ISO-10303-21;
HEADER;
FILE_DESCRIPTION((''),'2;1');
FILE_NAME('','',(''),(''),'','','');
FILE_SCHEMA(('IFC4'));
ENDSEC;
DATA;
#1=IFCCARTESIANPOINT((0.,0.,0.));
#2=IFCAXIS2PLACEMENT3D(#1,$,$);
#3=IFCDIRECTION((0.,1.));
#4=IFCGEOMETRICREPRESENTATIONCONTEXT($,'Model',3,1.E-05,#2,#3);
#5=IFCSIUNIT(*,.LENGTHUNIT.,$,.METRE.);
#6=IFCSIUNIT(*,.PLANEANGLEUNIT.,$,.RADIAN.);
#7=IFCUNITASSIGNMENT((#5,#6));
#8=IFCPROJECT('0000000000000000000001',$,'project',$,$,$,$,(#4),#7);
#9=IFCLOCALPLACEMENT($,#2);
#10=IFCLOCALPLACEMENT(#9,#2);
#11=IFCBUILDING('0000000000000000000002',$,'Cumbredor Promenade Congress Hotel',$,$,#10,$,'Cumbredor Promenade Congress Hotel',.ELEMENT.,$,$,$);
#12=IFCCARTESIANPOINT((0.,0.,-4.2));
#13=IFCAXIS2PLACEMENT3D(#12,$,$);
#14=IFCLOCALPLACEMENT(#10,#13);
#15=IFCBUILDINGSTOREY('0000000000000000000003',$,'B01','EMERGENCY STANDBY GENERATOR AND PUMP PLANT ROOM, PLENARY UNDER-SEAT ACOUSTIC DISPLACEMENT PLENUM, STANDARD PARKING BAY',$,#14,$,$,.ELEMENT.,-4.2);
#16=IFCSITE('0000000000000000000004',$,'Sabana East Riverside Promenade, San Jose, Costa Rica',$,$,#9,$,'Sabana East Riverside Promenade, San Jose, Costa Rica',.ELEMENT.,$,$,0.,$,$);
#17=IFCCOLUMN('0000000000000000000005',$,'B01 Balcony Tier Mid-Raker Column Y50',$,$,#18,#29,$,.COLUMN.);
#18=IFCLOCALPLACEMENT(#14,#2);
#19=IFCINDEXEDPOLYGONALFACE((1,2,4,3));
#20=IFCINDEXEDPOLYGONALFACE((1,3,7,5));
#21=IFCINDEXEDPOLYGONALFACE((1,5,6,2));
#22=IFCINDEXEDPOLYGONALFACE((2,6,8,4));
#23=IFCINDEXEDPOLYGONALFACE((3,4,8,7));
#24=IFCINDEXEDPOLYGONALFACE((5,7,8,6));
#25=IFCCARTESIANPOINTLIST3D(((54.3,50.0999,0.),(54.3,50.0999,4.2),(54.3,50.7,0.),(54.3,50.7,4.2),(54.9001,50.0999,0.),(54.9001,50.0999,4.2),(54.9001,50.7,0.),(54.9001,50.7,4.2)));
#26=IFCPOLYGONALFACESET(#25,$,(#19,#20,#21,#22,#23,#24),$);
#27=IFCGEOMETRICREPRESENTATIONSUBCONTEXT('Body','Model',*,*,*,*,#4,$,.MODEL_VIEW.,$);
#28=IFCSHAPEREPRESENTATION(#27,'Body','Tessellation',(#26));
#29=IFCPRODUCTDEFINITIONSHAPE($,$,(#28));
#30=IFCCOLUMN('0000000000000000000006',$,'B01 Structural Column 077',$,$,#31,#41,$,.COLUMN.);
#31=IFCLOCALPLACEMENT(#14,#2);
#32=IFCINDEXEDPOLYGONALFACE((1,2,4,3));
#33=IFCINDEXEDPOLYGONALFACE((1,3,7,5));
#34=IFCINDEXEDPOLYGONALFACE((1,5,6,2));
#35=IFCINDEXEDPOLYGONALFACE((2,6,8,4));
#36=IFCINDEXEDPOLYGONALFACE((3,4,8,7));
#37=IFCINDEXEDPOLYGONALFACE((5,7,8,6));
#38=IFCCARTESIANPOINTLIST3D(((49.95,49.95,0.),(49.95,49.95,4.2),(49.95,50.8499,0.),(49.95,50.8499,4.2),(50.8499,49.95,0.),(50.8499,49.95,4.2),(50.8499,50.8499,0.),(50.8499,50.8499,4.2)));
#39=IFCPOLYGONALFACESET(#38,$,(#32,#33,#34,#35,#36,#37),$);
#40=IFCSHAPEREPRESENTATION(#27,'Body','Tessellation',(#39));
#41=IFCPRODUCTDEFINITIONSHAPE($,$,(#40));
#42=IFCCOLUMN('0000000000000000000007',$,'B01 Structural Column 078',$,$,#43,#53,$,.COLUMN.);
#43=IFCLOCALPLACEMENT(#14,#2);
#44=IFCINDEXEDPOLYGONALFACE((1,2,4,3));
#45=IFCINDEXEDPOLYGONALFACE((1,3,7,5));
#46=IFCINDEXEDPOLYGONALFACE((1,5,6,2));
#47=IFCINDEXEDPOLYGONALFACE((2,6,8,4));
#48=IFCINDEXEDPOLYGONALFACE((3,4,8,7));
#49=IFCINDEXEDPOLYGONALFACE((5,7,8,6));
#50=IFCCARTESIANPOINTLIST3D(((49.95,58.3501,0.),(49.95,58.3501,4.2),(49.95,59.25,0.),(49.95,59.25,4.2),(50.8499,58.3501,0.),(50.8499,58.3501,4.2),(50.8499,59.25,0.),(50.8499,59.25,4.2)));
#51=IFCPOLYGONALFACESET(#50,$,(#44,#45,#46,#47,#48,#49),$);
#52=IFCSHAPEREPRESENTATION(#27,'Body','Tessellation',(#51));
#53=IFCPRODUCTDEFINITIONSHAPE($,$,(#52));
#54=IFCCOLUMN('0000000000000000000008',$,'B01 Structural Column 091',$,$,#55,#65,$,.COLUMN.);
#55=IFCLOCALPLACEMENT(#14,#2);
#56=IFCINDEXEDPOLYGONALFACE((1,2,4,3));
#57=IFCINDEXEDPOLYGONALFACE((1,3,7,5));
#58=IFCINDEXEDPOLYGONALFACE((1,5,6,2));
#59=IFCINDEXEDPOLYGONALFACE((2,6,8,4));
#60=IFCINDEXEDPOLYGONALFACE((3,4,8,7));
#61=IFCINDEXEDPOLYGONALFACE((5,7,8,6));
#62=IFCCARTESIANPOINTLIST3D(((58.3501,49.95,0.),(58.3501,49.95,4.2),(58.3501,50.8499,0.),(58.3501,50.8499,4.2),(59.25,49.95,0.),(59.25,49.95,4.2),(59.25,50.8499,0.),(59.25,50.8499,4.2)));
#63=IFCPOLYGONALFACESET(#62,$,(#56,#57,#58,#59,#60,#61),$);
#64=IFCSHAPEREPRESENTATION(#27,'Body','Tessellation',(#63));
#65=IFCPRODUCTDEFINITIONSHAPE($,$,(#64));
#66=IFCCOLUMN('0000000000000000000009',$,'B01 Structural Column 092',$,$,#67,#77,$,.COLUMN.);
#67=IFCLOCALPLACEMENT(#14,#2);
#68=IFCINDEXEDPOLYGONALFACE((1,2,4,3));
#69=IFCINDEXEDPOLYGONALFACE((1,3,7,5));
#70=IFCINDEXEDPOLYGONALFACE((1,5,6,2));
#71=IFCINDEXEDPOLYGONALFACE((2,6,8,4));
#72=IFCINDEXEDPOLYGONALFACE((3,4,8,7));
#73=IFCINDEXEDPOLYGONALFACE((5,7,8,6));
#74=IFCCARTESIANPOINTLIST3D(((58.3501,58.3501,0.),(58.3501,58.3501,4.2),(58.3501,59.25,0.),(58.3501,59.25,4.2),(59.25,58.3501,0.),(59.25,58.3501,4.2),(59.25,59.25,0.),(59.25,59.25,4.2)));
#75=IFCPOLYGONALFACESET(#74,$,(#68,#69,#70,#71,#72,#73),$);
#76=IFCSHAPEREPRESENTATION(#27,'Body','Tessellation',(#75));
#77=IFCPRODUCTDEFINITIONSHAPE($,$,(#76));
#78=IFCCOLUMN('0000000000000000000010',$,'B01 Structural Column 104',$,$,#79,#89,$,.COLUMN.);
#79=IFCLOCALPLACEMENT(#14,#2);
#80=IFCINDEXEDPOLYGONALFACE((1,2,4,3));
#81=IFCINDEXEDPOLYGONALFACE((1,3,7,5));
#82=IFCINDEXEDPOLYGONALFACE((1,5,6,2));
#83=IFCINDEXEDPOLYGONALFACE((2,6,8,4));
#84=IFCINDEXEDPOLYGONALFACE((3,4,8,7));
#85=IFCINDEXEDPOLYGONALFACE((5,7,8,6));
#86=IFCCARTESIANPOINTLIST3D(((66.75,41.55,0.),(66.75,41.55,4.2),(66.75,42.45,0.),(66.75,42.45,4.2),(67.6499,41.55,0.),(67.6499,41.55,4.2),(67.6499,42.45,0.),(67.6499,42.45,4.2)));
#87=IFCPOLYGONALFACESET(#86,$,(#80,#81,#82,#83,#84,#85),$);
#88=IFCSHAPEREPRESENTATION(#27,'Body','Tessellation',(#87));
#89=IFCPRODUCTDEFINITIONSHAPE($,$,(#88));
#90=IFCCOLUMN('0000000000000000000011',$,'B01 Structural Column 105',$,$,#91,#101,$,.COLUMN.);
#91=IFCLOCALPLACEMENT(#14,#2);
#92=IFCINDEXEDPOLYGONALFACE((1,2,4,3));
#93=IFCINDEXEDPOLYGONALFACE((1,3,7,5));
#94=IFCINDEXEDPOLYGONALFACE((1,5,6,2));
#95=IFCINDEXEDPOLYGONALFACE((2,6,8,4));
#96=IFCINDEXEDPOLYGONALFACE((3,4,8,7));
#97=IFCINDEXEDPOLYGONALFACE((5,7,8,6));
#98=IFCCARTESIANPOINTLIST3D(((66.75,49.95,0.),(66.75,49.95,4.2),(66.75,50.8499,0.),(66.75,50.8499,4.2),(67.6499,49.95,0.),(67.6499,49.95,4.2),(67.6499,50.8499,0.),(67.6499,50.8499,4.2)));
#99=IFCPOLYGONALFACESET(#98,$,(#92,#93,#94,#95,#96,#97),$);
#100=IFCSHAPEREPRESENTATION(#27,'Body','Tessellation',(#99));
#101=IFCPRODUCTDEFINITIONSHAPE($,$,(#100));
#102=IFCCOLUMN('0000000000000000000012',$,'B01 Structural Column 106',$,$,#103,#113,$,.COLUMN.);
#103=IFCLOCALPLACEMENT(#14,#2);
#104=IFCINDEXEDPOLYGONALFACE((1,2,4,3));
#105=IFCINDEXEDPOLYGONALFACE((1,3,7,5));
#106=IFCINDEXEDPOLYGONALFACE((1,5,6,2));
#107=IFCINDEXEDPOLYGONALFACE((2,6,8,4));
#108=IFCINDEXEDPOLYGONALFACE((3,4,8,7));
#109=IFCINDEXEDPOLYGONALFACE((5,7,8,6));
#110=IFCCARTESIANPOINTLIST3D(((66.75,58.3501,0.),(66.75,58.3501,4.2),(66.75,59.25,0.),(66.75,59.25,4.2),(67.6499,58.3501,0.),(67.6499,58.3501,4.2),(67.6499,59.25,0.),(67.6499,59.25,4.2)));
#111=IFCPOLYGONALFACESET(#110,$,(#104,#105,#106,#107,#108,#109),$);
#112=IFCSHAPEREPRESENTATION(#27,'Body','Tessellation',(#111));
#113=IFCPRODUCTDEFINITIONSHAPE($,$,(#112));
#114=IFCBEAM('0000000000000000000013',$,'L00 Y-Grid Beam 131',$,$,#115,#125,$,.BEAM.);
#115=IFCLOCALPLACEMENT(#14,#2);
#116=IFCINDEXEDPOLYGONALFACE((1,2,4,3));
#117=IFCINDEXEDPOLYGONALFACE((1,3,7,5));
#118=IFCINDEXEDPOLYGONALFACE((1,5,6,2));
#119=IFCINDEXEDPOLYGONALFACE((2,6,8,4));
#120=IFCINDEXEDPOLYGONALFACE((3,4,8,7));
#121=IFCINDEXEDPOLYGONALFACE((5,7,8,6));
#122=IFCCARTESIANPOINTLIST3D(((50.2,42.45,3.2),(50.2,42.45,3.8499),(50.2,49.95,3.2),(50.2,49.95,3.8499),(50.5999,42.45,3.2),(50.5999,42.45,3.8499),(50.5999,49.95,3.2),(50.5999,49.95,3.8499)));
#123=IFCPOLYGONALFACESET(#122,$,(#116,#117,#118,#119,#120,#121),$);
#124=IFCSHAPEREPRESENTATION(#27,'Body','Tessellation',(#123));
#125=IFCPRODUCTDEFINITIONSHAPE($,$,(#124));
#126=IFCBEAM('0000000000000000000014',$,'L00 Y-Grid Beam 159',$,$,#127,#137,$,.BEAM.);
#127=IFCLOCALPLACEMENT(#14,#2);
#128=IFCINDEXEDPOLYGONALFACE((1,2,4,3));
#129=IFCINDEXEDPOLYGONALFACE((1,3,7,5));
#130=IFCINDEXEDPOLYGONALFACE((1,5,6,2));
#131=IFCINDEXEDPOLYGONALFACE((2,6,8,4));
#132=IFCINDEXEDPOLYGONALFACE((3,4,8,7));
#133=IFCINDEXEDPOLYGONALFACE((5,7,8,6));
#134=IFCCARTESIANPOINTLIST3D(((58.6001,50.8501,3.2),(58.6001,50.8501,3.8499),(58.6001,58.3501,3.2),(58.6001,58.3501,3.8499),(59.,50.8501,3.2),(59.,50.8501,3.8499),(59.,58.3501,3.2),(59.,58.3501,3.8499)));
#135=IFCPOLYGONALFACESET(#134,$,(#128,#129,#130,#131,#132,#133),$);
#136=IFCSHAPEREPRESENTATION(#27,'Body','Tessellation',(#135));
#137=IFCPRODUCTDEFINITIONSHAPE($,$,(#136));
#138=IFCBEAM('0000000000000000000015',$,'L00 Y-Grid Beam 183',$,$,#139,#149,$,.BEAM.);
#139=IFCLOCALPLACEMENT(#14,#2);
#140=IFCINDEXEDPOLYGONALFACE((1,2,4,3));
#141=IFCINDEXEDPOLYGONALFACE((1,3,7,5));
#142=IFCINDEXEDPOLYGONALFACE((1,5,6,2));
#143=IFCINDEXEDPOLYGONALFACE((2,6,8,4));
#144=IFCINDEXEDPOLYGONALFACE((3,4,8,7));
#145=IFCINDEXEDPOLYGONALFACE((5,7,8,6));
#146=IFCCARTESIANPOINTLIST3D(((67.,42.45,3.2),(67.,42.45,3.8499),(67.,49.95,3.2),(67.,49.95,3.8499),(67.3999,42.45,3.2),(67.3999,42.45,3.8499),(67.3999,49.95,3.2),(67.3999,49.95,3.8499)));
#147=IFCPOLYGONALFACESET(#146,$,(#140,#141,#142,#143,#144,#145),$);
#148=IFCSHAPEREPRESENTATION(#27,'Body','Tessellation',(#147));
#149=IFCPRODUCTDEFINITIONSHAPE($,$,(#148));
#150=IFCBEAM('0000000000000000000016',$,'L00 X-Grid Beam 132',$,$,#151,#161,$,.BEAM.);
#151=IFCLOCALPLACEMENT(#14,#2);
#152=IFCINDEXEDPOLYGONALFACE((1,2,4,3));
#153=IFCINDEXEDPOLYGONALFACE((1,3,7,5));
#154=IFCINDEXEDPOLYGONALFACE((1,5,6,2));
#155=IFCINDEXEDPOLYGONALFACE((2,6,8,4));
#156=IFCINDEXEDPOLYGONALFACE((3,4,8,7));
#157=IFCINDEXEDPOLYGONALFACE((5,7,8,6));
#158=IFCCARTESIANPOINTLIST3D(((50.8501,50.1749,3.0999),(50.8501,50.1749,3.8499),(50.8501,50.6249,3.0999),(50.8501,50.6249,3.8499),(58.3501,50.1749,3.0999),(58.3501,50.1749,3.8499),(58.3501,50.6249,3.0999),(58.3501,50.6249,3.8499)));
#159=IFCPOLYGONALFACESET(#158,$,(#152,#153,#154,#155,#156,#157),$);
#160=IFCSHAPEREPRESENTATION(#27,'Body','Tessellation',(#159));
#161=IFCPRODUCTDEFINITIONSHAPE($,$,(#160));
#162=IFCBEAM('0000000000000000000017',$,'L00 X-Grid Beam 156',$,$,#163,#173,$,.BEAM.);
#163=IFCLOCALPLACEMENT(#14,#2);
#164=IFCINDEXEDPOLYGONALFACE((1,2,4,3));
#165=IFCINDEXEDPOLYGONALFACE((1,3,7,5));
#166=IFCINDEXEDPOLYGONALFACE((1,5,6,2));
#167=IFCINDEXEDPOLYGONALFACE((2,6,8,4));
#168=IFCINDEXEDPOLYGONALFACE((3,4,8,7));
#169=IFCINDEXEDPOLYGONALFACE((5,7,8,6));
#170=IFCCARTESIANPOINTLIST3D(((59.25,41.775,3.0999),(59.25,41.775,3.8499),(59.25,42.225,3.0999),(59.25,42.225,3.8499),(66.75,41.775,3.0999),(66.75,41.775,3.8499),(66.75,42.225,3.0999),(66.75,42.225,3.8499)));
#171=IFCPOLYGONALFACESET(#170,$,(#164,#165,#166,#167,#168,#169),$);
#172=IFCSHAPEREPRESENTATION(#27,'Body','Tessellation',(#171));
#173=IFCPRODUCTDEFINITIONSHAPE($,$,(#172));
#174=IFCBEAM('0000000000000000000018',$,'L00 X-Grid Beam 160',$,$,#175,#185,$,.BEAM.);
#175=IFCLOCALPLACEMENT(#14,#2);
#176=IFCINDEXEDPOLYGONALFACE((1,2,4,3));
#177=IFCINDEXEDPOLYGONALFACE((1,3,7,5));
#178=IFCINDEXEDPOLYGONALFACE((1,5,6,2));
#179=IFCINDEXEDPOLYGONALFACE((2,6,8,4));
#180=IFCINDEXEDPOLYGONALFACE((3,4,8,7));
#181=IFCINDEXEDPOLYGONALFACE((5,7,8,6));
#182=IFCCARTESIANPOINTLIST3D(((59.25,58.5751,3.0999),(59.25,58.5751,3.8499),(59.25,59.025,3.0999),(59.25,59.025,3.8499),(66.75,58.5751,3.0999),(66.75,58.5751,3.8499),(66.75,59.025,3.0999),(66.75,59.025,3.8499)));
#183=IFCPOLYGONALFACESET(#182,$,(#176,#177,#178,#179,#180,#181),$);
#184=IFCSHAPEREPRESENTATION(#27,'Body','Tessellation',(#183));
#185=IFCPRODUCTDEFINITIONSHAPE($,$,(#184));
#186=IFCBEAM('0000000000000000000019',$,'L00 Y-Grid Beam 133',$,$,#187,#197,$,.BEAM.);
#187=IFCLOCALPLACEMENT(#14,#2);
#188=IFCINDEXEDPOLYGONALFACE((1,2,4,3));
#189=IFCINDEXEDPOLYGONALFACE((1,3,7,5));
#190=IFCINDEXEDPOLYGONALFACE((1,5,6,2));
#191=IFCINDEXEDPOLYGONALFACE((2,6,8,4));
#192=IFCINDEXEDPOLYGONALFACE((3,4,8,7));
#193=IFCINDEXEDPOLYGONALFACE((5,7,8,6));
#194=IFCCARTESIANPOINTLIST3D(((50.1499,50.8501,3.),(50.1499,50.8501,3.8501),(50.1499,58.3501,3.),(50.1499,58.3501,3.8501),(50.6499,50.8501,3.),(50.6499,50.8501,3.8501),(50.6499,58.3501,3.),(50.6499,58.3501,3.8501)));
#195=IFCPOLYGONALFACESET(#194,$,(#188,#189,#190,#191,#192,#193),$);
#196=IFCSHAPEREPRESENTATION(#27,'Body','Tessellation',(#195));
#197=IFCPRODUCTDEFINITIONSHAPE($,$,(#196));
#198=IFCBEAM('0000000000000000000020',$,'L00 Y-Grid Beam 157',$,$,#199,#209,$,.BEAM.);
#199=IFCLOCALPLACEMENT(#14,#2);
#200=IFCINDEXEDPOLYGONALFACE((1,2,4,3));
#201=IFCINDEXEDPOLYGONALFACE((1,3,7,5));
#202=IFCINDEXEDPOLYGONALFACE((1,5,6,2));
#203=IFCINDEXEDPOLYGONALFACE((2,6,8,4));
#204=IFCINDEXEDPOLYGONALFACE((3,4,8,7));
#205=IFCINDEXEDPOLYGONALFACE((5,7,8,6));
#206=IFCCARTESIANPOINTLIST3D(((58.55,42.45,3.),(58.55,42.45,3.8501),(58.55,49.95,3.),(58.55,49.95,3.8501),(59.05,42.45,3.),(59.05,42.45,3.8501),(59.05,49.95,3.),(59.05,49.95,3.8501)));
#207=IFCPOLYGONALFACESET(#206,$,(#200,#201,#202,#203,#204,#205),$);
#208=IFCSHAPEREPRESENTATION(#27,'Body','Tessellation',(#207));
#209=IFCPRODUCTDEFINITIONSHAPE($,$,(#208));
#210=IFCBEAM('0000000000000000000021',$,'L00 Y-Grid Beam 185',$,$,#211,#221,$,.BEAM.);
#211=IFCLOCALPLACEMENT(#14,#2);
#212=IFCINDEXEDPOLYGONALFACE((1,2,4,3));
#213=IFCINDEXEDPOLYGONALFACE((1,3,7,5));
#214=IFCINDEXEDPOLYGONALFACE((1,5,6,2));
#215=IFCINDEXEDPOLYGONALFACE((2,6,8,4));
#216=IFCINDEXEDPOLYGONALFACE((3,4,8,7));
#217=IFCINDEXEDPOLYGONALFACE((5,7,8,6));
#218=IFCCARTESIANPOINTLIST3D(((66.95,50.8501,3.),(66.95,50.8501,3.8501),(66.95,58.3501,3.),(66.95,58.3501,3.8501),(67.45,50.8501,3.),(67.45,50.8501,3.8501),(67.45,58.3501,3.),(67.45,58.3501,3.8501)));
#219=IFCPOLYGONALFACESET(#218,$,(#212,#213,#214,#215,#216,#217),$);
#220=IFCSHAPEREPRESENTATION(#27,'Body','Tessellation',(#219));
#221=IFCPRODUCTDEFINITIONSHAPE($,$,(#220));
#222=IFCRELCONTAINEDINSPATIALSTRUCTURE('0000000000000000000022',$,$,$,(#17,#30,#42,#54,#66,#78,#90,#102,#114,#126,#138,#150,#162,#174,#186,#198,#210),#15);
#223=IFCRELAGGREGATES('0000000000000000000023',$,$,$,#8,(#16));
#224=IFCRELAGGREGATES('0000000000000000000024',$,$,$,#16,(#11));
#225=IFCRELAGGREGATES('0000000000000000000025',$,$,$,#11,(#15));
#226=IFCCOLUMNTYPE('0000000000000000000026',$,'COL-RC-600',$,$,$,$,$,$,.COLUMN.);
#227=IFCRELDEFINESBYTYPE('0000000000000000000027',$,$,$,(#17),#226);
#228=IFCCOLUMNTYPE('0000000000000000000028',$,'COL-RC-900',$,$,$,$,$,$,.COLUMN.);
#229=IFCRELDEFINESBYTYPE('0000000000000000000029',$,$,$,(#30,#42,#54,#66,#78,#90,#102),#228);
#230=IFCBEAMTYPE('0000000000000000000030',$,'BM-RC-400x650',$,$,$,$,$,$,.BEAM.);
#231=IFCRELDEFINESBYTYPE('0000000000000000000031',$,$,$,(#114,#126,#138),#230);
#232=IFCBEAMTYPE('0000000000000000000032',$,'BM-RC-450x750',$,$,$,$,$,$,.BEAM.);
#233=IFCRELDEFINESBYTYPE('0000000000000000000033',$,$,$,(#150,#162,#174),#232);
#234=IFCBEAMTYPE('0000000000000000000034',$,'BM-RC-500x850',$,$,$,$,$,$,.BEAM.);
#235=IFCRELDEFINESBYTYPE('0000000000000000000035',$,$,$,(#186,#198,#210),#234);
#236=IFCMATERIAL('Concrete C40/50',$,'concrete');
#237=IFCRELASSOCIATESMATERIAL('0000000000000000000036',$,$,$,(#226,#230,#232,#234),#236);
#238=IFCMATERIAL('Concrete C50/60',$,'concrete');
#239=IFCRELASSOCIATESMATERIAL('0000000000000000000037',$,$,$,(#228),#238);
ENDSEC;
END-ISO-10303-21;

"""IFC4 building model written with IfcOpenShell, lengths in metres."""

from ifc_helpers import new_model, si_unit, direction, frame, origin, origin_2d, place, context, subcontext, project, spatial, rectangle, extrude, material, material_profile, profile_set, type_object, element, save


model = new_model("IFC4")

# Units and contexts
model_context = context("Model", 3, precision=1e-05, world=origin(), true_north=direction((0.0, 1.0)))
body_context = subcontext(model_context, "Body", "Model", "MODEL_VIEW")
ifc_project = project(units=[si_unit("LENGTHUNIT", "METRE"), si_unit("PLANEANGLEUNIT", "RADIAN")], contexts=[model_context])

# Site, building, storey
site_placement = place(None, origin())
site = spatial("IfcSite", under=ifc_project, at=site_placement, Name="Sabana East Riverside Promenade, San Jose, Costa Rica", LongName="Sabana East Riverside Promenade, San Jose, Costa Rica", CompositionType="ELEMENT", RefElevation=0.0)
building_placement = place(site_placement, origin())
building = spatial("IfcBuilding", under=site, at=building_placement, Name="Cumbredor Promenade Congress Hotel", LongName="Cumbredor Promenade Congress Hotel", CompositionType="ELEMENT")
storey_placement = place(building_placement, frame((0.0, 0.0, -4.2)))
storey = spatial("IfcBuildingStorey", under=building, at=storey_placement, Name="B01", Description="EMERGENCY STANDBY GENERATOR AND PUMP PLANT ROOM, PLENARY UNDER-SEAT ACOUSTIC DISPLACEMENT PLENUM, STANDARD PARKING BAY", CompositionType="ELEMENT", Elevation=-4.2)

# Columns
ifc_material_1 = material(Name="Concrete C40/50", Category="concrete")
ifc_material_profile_1 = material_profile(ifc_material_1, rectangle(XDim=0.6001, YDim=0.6001, at=origin_2d()), Name="RC 600x600")
ifc_profile_set_1 = profile_set([ifc_material_profile_1], Name="Concrete C40/50")
column_type_1 = type_object("IfcColumnType", Name="COL-RC-600", PredefinedType="COLUMN", material=ifc_profile_set_1)
column_placement = place(storey_placement, frame((54.6001, 50.3999, 0.0), z_axis=(0.0, 0.0, 1.0), x_axis=(1.0, 0.0, 0.0)))
element("IfcColumn", 1, at=column_placement, inside=storey, type_object=column_type_1, Name="B01 Balcony Tier Mid-Raker Column Y50", PredefinedType="COLUMN", context=body_context, shape_type="SweptSolid", body=[
    extrude(rectangle(XDim=0.6001, YDim=0.6001, at=origin_2d()), origin(), (0.0, 0.0, 1.0), 4.2),
])
ifc_material_2 = material(Name="Concrete C50/60", Category="concrete")
ifc_material_profile_2 = material_profile(ifc_material_2, rectangle(XDim=0.8999, YDim=0.8999, at=origin_2d()), Name="RC 900x900")
ifc_profile_set_2 = profile_set([ifc_material_profile_2], Name="Concrete C50/60")
column_type_2 = type_object("IfcColumnType", Name="COL-RC-900", PredefinedType="COLUMN", material=ifc_profile_set_2)
for number, where, z_axis, x_axis, name in (
    (2, (50.3999, 50.3999, 0.0), (0.0, 0.0, 1.0), (1.0, 0.0, 0.0), "B01 Structural Column 077"),
    (3, (50.3999, 58.8, 0.0), (0.0, 0.0, 1.0), (1.0, 0.0, 0.0), "B01 Structural Column 078"),
    (4, (58.8, 50.3999, 0.0), (0.0, 0.0, 1.0), (1.0, 0.0, 0.0), "B01 Structural Column 091"),
    (5, (58.8, 58.8, 0.0), (0.0, 0.0, 1.0), (1.0, 0.0, 0.0), "B01 Structural Column 092"),
    (6, (67.2, 42.0, 0.0), (0.0, 0.0, 1.0), (1.0, 0.0, 0.0), "B01 Structural Column 104"),
    (7, (67.2, 50.3999, 0.0), (0.0, 0.0, 1.0), (1.0, 0.0, 0.0), "B01 Structural Column 105"),
    (8, (67.2, 58.8, 0.0), (0.0, 0.0, 1.0), (1.0, 0.0, 0.0), "B01 Structural Column 106"),
):
    element("IfcColumn", number, at=place(storey_placement, frame(where, z_axis=z_axis, x_axis=x_axis)), inside=storey, type_object=column_type_2, Name=name, PredefinedType="COLUMN", context=body_context, shape_type="SweptSolid", body=[
        extrude(rectangle(XDim=0.8999, YDim=0.8999, at=origin_2d()), origin(), (0.0, 0.0, 1.0), 4.2),
    ])

# Beams
ifc_material_profile_3 = material_profile(ifc_material_1, rectangle(XDim=0.3999, YDim=0.6499, at=origin_2d()), Name="RC BEAM 400x650")
ifc_profile_set_3 = profile_set([ifc_material_profile_3], Name="Concrete C40/50")
beam_type_1 = type_object("IfcBeamType", Name="BM-RC-400x650", PredefinedType="BEAM", material=ifc_profile_set_3)
for number, where, z_axis, x_axis, name in (
    (9, (50.3999, 42.45, 3.5249), (0.0, 1.0, 0.0), (-1.0, 0.0, 0.0), "L00 Y-Grid Beam 131"),
    (10, (58.8, 50.8501, 3.5249), (0.0, 1.0, 0.0), (-1.0, 0.0, 0.0), "L00 Y-Grid Beam 159"),
    (11, (67.2, 42.45, 3.5249), (0.0, 1.0, 0.0), (-1.0, 0.0, 0.0), "L00 Y-Grid Beam 183"),
):
    element("IfcBeam", number, at=place(storey_placement, frame(where, z_axis=z_axis, x_axis=x_axis)), inside=storey, type_object=beam_type_1, Name=name, PredefinedType="BEAM", context=body_context, shape_type="SweptSolid", body=[
        extrude(rectangle(XDim=0.3999, YDim=0.6499, at=origin_2d()), origin(), (0.0, 0.0, 1.0), 7.5),
    ])
ifc_material_profile_4 = material_profile(ifc_material_1, rectangle(XDim=0.45, YDim=0.75, at=origin_2d()), Name="RC BEAM 450x750")
ifc_profile_set_4 = profile_set([ifc_material_profile_4], Name="Concrete C40/50")
beam_type_2 = type_object("IfcBeamType", Name="BM-RC-450x750", PredefinedType="BEAM", material=ifc_profile_set_4)
for number, where, z_axis, x_axis, name in (
    (12, (50.8501, 50.3999, 3.4749), (1.0, 0.0, 0.0), (0.0, 1.0, 0.0), "L00 X-Grid Beam 132"),
    (13, (59.25, 42.0, 3.4749), (1.0, 0.0, 0.0), (0.0, 1.0, 0.0), "L00 X-Grid Beam 156"),
    (14, (59.25, 58.8, 3.4749), (1.0, 0.0, 0.0), (0.0, 1.0, 0.0), "L00 X-Grid Beam 160"),
):
    element("IfcBeam", number, at=place(storey_placement, frame(where, z_axis=z_axis, x_axis=x_axis)), inside=storey, type_object=beam_type_2, Name=name, PredefinedType="BEAM", context=body_context, shape_type="SweptSolid", body=[
        extrude(rectangle(XDim=0.45, YDim=0.75, at=origin_2d()), origin(), (0.0, 0.0, 1.0), 7.5),
    ])
ifc_material_profile_5 = material_profile(ifc_material_1, rectangle(XDim=0.5, YDim=0.8501, at=origin_2d()), Name="RC BEAM 500x850")
ifc_profile_set_5 = profile_set([ifc_material_profile_5], Name="Concrete C40/50")
beam_type_3 = type_object("IfcBeamType", Name="BM-RC-500x850", PredefinedType="BEAM", material=ifc_profile_set_5)
for number, where, z_axis, x_axis, name in (
    (15, (50.3999, 50.8501, 3.425), (0.0, 1.0, 0.0), (-1.0, 0.0, 0.0), "L00 Y-Grid Beam 133"),
    (16, (58.8, 42.45, 3.425), (0.0, 1.0, 0.0), (-1.0, 0.0, 0.0), "L00 Y-Grid Beam 157"),
    (17, (67.2, 50.8501, 3.425), (0.0, 1.0, 0.0), (-1.0, 0.0, 0.0), "L00 Y-Grid Beam 185"),
):
    element("IfcBeam", number, at=place(storey_placement, frame(where, z_axis=z_axis, x_axis=x_axis)), inside=storey, type_object=beam_type_3, Name=name, PredefinedType="BEAM", context=body_context, shape_type="SweptSolid", body=[
        extrude(rectangle(XDim=0.5, YDim=0.8501, at=origin_2d()), origin(), (0.0, 0.0, 1.0), 7.5),
    ])

save(model, "model.ifc")
